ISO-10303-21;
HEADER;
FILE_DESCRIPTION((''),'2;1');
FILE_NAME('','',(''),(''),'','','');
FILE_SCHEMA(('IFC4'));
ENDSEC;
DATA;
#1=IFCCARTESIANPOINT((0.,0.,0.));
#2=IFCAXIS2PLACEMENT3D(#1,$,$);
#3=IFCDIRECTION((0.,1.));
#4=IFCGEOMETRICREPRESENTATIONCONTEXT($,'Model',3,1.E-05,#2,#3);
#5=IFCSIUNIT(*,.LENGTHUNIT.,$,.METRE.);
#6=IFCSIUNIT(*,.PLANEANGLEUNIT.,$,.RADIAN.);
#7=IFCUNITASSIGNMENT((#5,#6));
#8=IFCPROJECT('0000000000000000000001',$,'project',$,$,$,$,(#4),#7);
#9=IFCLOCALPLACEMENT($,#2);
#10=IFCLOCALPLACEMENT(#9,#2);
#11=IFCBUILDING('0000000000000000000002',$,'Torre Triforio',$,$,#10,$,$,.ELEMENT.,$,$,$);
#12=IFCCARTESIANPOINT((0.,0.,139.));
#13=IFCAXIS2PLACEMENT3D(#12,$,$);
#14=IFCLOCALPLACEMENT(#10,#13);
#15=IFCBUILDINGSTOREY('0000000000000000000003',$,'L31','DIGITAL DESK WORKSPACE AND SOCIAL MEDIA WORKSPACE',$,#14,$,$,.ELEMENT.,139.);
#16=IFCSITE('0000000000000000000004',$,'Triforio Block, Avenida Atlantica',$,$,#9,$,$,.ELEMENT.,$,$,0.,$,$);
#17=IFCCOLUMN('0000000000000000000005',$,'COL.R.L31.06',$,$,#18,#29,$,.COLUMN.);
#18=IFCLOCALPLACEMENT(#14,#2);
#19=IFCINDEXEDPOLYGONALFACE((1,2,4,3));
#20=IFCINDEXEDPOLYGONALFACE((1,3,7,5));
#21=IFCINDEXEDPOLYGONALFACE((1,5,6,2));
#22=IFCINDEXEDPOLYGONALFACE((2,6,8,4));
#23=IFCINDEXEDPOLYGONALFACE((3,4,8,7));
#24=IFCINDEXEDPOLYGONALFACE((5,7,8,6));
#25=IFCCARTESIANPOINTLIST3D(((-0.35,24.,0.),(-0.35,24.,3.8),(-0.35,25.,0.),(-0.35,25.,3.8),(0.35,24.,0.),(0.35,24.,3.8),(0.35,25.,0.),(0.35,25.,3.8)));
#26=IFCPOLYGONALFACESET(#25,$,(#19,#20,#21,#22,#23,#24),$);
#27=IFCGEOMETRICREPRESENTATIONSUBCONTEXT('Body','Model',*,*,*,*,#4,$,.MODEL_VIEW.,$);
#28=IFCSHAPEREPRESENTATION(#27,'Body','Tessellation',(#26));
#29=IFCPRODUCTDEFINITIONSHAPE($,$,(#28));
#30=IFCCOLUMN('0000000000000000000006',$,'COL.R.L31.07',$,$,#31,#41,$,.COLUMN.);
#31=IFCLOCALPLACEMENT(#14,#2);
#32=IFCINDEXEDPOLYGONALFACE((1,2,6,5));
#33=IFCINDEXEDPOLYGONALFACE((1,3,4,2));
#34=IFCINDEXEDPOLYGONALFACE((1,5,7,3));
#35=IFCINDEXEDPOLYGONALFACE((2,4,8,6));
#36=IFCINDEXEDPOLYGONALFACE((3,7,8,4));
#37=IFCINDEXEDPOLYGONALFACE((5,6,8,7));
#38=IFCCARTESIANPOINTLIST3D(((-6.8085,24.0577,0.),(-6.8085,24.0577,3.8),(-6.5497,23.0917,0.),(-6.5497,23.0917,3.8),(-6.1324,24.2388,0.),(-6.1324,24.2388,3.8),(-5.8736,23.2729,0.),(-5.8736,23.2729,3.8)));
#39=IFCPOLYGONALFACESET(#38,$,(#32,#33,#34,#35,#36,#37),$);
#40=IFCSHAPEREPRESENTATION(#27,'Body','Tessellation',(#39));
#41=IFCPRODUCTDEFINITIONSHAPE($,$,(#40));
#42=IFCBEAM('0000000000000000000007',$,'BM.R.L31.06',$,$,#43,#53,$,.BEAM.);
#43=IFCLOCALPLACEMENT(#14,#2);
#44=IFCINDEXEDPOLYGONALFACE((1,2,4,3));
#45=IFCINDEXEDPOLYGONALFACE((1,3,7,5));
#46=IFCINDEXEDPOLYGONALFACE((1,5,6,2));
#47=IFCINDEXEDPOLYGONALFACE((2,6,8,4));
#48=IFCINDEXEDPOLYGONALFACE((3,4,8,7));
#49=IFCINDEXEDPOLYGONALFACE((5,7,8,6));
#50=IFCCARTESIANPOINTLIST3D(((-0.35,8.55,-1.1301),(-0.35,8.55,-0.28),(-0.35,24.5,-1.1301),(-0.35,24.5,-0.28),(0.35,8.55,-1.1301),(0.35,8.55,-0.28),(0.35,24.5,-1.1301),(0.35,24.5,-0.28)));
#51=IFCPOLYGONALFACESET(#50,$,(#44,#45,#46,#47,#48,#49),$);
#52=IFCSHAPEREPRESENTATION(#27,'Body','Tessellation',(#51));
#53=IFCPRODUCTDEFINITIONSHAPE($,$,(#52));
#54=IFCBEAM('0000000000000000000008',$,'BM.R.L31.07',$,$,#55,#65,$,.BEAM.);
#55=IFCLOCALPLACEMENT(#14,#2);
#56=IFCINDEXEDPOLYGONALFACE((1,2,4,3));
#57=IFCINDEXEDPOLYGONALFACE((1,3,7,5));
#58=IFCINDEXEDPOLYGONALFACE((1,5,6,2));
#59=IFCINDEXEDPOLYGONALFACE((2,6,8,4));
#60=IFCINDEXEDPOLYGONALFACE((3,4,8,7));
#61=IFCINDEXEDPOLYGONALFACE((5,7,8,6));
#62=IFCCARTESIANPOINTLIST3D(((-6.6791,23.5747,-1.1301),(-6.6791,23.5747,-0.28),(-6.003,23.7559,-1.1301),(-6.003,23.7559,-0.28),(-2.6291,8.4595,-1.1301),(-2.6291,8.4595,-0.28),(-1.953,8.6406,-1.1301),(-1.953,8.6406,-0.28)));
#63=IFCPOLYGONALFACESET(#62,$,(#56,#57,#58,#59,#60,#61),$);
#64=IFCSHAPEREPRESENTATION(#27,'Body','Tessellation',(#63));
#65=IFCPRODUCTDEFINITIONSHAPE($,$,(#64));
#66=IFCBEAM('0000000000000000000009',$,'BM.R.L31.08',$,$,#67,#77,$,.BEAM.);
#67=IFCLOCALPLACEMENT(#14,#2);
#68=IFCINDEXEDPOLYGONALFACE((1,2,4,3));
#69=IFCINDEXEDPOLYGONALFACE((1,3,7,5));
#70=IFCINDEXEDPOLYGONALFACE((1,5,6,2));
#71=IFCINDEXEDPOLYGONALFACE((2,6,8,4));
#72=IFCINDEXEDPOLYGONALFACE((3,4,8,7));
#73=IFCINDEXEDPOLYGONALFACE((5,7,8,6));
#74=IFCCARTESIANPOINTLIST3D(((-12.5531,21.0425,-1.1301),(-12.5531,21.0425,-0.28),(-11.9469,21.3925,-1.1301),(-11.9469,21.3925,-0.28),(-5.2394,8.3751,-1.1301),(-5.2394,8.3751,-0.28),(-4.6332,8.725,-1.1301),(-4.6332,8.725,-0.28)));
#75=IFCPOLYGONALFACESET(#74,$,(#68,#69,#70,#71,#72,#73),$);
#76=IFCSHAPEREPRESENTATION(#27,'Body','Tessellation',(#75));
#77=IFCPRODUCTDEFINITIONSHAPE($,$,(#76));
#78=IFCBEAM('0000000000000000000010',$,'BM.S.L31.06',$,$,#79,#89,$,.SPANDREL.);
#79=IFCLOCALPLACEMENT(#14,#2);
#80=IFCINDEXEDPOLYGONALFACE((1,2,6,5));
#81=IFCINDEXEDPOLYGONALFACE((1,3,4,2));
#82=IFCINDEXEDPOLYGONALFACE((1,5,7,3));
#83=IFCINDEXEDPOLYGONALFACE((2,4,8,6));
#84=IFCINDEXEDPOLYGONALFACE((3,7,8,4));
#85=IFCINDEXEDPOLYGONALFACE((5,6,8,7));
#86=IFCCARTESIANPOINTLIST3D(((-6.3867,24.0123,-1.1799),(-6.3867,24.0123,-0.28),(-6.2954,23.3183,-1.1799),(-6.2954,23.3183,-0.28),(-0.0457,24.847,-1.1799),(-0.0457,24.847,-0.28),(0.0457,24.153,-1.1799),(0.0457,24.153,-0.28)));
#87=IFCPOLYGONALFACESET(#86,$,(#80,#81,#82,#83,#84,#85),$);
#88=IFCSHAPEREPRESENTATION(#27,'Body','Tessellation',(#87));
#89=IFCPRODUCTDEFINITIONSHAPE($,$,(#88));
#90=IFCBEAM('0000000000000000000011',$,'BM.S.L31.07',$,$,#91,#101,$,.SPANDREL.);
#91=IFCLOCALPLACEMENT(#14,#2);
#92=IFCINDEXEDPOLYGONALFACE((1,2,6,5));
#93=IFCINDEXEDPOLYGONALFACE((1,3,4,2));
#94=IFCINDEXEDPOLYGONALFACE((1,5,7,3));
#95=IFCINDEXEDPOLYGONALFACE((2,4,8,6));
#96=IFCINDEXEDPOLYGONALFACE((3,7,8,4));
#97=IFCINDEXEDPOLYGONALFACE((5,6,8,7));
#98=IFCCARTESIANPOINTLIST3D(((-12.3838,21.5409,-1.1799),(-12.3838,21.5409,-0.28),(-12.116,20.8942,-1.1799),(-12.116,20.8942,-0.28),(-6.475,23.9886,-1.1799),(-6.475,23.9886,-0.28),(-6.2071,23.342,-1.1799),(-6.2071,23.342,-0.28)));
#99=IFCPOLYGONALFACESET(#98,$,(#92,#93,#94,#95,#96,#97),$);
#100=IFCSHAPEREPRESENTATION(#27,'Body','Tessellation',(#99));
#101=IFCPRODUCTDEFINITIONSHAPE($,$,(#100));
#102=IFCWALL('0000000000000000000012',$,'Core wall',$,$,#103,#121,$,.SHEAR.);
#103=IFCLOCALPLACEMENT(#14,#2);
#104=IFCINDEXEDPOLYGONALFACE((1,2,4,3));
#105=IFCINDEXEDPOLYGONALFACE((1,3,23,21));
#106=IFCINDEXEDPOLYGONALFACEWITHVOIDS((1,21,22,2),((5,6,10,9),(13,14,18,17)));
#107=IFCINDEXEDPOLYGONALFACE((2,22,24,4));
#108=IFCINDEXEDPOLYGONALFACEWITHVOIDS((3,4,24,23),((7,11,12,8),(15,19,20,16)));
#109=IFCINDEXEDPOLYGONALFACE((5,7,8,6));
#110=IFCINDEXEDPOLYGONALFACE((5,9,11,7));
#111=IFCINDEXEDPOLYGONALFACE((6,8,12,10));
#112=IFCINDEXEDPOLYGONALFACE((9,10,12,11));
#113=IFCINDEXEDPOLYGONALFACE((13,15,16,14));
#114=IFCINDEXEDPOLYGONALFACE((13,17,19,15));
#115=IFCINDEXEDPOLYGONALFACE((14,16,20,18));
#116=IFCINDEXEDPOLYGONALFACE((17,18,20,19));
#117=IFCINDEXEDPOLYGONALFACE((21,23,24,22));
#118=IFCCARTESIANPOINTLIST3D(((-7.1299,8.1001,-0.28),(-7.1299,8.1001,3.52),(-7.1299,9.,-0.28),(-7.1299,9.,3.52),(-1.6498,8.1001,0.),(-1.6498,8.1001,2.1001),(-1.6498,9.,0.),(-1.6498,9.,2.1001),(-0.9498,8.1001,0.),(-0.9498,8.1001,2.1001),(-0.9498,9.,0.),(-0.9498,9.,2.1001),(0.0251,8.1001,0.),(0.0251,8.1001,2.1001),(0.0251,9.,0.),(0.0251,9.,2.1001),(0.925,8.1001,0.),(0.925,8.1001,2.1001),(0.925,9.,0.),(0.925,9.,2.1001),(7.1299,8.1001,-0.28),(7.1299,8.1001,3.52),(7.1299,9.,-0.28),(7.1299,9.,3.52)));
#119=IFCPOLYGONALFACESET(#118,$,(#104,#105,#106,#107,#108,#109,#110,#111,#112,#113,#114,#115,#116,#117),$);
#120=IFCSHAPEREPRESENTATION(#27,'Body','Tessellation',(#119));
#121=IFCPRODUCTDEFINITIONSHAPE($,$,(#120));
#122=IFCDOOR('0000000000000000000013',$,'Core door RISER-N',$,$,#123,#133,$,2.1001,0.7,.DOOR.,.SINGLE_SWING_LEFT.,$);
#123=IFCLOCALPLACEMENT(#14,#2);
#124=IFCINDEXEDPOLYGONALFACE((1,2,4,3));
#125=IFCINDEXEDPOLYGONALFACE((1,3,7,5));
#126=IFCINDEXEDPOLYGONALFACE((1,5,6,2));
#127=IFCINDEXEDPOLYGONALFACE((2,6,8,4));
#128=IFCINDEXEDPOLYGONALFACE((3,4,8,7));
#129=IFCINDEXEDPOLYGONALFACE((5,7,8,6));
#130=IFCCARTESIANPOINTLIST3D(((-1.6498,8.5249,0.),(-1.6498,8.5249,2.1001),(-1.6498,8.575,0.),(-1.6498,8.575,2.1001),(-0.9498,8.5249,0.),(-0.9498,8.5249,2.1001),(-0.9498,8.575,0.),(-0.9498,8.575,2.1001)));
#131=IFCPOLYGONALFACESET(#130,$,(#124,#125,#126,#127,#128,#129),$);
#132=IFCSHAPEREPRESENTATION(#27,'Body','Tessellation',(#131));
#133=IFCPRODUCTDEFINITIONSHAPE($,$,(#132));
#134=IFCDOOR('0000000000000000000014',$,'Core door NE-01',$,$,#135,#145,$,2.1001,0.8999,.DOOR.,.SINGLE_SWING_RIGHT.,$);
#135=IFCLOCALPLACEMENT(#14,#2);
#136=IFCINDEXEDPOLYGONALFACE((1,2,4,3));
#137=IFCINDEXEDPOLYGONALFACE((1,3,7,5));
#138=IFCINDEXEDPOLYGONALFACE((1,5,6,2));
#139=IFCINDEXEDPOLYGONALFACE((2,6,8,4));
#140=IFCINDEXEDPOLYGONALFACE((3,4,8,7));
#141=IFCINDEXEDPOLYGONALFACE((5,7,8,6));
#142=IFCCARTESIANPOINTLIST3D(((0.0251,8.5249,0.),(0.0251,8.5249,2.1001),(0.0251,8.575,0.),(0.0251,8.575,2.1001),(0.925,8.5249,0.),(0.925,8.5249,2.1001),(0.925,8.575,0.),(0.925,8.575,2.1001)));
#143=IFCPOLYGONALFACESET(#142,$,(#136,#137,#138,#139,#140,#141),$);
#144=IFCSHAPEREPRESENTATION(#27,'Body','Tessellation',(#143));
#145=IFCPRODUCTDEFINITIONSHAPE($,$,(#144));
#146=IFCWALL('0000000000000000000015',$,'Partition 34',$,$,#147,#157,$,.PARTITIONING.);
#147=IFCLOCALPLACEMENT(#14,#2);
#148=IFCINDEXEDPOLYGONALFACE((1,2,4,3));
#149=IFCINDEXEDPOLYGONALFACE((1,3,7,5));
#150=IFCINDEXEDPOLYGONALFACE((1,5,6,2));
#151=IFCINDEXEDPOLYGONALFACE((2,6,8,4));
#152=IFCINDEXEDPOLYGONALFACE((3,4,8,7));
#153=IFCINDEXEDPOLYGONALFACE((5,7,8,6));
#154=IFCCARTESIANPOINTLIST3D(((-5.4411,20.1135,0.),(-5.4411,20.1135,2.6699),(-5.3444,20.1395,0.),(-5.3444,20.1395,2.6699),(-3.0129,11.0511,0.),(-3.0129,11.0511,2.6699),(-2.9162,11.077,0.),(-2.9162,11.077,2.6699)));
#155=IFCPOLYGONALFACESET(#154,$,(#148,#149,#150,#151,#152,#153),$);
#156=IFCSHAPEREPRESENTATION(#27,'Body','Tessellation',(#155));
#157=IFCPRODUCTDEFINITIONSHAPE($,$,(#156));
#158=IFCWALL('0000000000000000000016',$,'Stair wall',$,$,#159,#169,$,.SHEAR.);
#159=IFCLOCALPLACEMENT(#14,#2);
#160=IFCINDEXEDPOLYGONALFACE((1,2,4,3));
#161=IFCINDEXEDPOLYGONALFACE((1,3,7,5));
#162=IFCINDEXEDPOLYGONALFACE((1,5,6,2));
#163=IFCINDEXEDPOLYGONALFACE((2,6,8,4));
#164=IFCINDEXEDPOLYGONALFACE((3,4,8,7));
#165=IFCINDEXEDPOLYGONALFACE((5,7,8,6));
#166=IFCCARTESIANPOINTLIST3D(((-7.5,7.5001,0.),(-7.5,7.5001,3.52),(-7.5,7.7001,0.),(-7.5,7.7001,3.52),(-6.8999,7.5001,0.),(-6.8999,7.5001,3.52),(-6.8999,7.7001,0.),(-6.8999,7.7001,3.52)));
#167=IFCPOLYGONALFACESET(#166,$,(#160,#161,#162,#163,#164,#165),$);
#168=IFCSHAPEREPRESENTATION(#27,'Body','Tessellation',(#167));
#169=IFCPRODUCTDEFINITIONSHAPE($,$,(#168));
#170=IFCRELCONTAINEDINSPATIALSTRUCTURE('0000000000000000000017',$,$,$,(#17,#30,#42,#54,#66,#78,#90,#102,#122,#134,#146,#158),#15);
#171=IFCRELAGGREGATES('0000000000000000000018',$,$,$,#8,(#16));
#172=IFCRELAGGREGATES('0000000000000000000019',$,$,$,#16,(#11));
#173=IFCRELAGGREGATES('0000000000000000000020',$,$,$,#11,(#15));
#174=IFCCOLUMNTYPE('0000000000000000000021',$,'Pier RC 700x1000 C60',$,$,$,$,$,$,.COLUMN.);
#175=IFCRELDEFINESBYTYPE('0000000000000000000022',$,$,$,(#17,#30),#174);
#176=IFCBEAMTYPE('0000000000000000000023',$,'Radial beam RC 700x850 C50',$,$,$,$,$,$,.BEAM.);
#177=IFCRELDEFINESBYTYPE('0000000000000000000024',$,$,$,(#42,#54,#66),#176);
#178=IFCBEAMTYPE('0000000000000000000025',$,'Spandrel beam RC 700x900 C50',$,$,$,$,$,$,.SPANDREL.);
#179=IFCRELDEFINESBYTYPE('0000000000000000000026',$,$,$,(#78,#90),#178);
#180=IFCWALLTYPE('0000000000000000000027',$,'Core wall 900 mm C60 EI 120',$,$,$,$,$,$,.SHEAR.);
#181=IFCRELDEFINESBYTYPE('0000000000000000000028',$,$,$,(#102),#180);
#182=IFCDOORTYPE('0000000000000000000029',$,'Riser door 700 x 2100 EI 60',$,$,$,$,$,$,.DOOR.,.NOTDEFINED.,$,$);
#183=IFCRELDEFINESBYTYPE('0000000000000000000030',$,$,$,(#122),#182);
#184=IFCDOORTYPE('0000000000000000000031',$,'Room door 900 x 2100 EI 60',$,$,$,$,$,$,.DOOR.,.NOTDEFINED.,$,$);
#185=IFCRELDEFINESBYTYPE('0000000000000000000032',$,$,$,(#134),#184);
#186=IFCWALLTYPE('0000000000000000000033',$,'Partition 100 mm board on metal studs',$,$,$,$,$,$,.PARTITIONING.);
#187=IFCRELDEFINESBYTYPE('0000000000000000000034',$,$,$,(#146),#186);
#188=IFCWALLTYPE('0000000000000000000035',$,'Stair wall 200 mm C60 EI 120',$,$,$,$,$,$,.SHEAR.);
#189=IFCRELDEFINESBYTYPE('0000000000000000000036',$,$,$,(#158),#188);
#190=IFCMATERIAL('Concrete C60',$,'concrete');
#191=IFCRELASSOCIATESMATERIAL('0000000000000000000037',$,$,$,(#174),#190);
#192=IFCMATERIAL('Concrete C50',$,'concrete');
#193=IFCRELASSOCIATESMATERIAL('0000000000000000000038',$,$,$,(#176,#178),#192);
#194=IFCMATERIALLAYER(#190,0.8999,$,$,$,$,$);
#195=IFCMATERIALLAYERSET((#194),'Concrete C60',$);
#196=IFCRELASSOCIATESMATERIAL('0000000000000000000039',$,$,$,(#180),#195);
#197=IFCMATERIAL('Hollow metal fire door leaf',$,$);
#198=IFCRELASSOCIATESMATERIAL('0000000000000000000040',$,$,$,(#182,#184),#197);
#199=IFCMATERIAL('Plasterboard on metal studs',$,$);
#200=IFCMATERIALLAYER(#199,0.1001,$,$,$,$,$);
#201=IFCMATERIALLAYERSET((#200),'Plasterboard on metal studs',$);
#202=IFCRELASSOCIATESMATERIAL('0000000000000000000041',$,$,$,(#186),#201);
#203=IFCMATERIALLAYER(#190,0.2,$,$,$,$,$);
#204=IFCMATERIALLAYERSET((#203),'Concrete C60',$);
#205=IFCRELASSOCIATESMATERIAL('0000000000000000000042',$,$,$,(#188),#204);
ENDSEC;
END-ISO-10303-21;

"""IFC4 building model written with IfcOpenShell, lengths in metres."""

from ifc_helpers import new_model, si_unit, direction, frame, frame_2d, origin, origin_2d, place, context, subcontext, project, spatial, rectangle, extrude, material, layer, layer_set, material_profile, profile_set, type_object, element, fill, save


model = new_model("IFC4")

# Units and contexts
model_context = context("Model", 3, precision=1e-05, world=origin(), true_north=direction((0.0, 1.0)))
body_context = subcontext(model_context, "Body", "Model", "MODEL_VIEW")
ifc_project = project(units=[si_unit("LENGTHUNIT", "METRE"), si_unit("PLANEANGLEUNIT", "RADIAN")], contexts=[model_context])

# Site, building, storey
site_placement = place(None, origin())
site = spatial("IfcSite", under=ifc_project, at=site_placement, Name="Triforio Block, Avenida Atlantica", CompositionType="ELEMENT", RefElevation=0.0)
building_placement = place(site_placement, origin())
building = spatial("IfcBuilding", under=site, at=building_placement, Name="Torre Triforio", CompositionType="ELEMENT")
storey_placement = place(building_placement, frame((0.0, 0.0, 139.0)))
storey = spatial("IfcBuildingStorey", under=building, at=storey_placement, Name="L31", Description="DIGITAL DESK WORKSPACE AND SOCIAL MEDIA WORKSPACE", CompositionType="ELEMENT", Elevation=139.0)

# Columns
ifc_material_1 = material(Name="Concrete C60", Category="concrete")
ifc_material_profile_1 = material_profile(ifc_material_1, rectangle(XDim=0.7, YDim=1.0, at=origin_2d()), Name="RC 700x1000")
ifc_profile_set_1 = profile_set([ifc_material_profile_1], Name="Concrete C60")
column_type = type_object("IfcColumnType", Name="Pier RC 700x1000 C60", PredefinedType="COLUMN", material=ifc_profile_set_1)
for number, where, z_axis, x_axis, name in (
    (1, (0.0, 24.5, 0.0), (0.0, 0.0, 1.0), (-1.0, 0.0, 0.0), "COL.R.L31.06"),
    (2, (-6.3411, 23.6653, 0.0), (0.0, 0.0, 1.0), (-0.965926, -0.258819, 0.0), "COL.R.L31.07"),
):
    element("IfcColumn", number, at=place(storey_placement, frame(where, z_axis=z_axis, x_axis=x_axis)), inside=storey, type_object=column_type, Name=name, PredefinedType="COLUMN", context=body_context, shape_type="SweptSolid", body=[
        extrude(rectangle(XDim=0.7, YDim=1.0, at=origin_2d()), origin(), (0.0, 0.0, 1.0), 3.8),
    ])

# Beams
ifc_material_2 = material(Name="Concrete C50", Category="concrete")
ifc_material_profile_2 = material_profile(ifc_material_2, rectangle(XDim=0.7, YDim=0.8501, at=origin_2d()), Name="RC 700x850")
ifc_profile_set_2 = profile_set([ifc_material_profile_2], Name="Concrete C50")
beam_type_1 = type_object("IfcBeamType", Name="Radial beam RC 700x850 C50", PredefinedType="BEAM", material=ifc_profile_set_2)
beam_1_placement = place(storey_placement, frame((0.0, 8.55, -0.7051), z_axis=(0.0, 1.0, 0.0), x_axis=(-1.0, 0.0, 0.0)))
element("IfcBeam", 3, at=beam_1_placement, inside=storey, type_object=beam_type_1, Name="BM.R.L31.06", PredefinedType="BEAM", context=body_context, shape_type="SweptSolid", body=[
    extrude(rectangle(XDim=0.7, YDim=0.8501, at=origin_2d()), origin(), (0.0, 0.0, 1.0), 15.95),
])
beam_2_placement = place(storey_placement, frame((-2.291, 8.55, -0.7051), z_axis=(-0.258815, 0.965927, 0.0), x_axis=(-0.965927, -0.258815, 0.0)))
element("IfcBeam", 4, at=beam_2_placement, inside=storey, type_object=beam_type_1, Name="BM.R.L31.07", PredefinedType="BEAM", context=body_context, shape_type="SweptSolid", body=[
    extrude(rectangle(XDim=0.7, YDim=0.8501, at=origin_2d()), origin(), (0.0, 0.0, 1.0), 15.6484),
])
beam_3_placement = place(storey_placement, frame((-4.9363, 8.55, -0.7051), z_axis=(-0.500008, 0.866021, 0.0), x_axis=(-0.866021, -0.500008, 0.0)))
element("IfcBeam", 5, at=beam_3_placement, inside=storey, type_object=beam_type_1, Name="BM.R.L31.08", PredefinedType="BEAM", context=body_context, shape_type="SweptSolid", body=[
    extrude(rectangle(XDim=0.7, YDim=0.8501, at=origin_2d()), origin(), (0.0, 0.0, 1.0), 14.6272),
])
ifc_material_profile_3 = material_profile(ifc_material_2, rectangle(XDim=0.7, YDim=0.8999, at=origin_2d()), Name="RC 700x900")
ifc_profile_set_3 = profile_set([ifc_material_profile_3], Name="Concrete C50")
beam_type_2 = type_object("IfcBeamType", Name="Spandrel beam RC 700x900 C50", PredefinedType="SPANDREL", material=ifc_profile_set_3)
for number, where, z_axis, x_axis, name in (
    (6, (0.0, 24.5, -0.73), (-0.991447, -0.130511, 0.0), (0.130511, -0.991447, 0.0), "BM.S.L31.06"),
    (7, (-6.3411, 23.6653, -0.73), (-0.923869, -0.382709, 0.0), (0.382709, -0.923869, 0.0), "BM.S.L31.07"),
):
    element("IfcBeam", number, at=place(storey_placement, frame(where, z_axis=z_axis, x_axis=x_axis)), inside=storey, type_object=beam_type_2, Name=name, PredefinedType="SPANDREL", context=body_context, shape_type="SweptSolid", body=[
        extrude(rectangle(XDim=0.7, YDim=0.8999, at=origin_2d()), origin(), (0.0, 0.0, 1.0), 6.3958),
    ])

# Wall, openings, doors
ifc_layer_1 = layer(ifc_material_1, 0.8999)
ifc_layer_set_1 = layer_set([ifc_layer_1], Name="Concrete C60")
wall_type_1 = type_object("IfcWallType", Name="Core wall 900 mm C60 EI 120", PredefinedType="SHEAR", material=ifc_layer_set_1)
wall_1_placement = place(storey_placement, frame((-7.1299, 8.55, -0.28), z_axis=(0.0, 0.0, 1.0), x_axis=(1.0, 0.0, 0.0)))
wall_1 = element("IfcWall", 8, at=wall_1_placement, inside=storey, type_object=wall_type_1, Name="Core wall", PredefinedType="SHEAR", context=body_context, shape_type="SweptSolid", body=[
    extrude(rectangle(XDim=14.2598, YDim=0.8999, at=frame_2d((7.1299, 0.0))), origin(), (0.0, 0.0, 1.0), 3.8),
])
opening_1_placement = place(wall_1_placement, frame((5.48, 0.0, 0.28)))
opening_1 = element("IfcOpeningElement", 9, at=opening_1_placement, cuts=wall_1, PredefinedType="OPENING", context=body_context, shape_type="SweptSolid", body=[
    extrude(rectangle(XDim=0.7, YDim=2.1001, at=frame_2d((0.3501, 1.05))), frame((0.0, 0.46, 0.0), z_axis=(0.0, -1.0, 0.0), x_axis=(1.0, 0.0, 0.0)), (0.0, 0.0, 1.0), 0.9199),
])
opening_2_placement = place(wall_1_placement, frame((7.155, 0.0, 0.28)))
opening_2 = element("IfcOpeningElement", 10, at=opening_2_placement, cuts=wall_1, PredefinedType="OPENING", context=body_context, shape_type="SweptSolid", body=[
    extrude(rectangle(XDim=0.8999, YDim=2.1001, at=frame_2d((0.45, 1.05))), frame((0.0, 0.46, 0.0), z_axis=(0.0, -1.0, 0.0), x_axis=(1.0, 0.0, 0.0)), (0.0, 0.0, 1.0), 0.9199),
])
ifc_material_3 = material(Name="Hollow metal fire door leaf")
door_type_1 = type_object("IfcDoorType", Name="Riser door 700 x 2100 EI 60", OperationType="NOTDEFINED", PredefinedType="DOOR", material=ifc_material_3)
door_1_placement = place(opening_1_placement, origin())
door_1 = element("IfcDoor", 11, at=door_1_placement, inside=storey, type_object=door_type_1, Name="Core door RISER-N", OperationType="SINGLE_SWING_LEFT", OverallHeight=2.1001, OverallWidth=0.7, PredefinedType="DOOR", context=body_context, shape_type="SweptSolid", body=[
    extrude(rectangle(XDim=0.7, YDim=2.1001, at=frame_2d((0.3501, 1.05))), frame((0.0, 0.0249, 0.0), z_axis=(0.0, -1.0, 0.0), x_axis=(1.0, 0.0, 0.0)), (0.0, 0.0, 1.0), 0.05),
])
fill(opening_1, door_1)
door_type_2 = type_object("IfcDoorType", Name="Room door 900 x 2100 EI 60", OperationType="NOTDEFINED", PredefinedType="DOOR", material=ifc_material_3)
door_2_placement = place(opening_2_placement, origin())
door_2 = element("IfcDoor", 12, at=door_2_placement, inside=storey, type_object=door_type_2, Name="Core door NE-01", OperationType="SINGLE_SWING_RIGHT", OverallHeight=2.1001, OverallWidth=0.8999, PredefinedType="DOOR", context=body_context, shape_type="SweptSolid", body=[
    extrude(rectangle(XDim=0.8999, YDim=2.1001, at=frame_2d((0.45, 1.05))), frame((0.0, 0.0249, 0.0), z_axis=(0.0, -1.0, 0.0), x_axis=(1.0, 0.0, 0.0)), (0.0, 0.0, 1.0), 0.05),
])
fill(opening_2, door_2)

# Walls
ifc_material_4 = material(Name="Plasterboard on metal studs")
ifc_layer_2 = layer(ifc_material_4, 0.1001)
ifc_layer_set_2 = layer_set([ifc_layer_2], Name="Plasterboard on metal studs")
wall_type_2 = type_object("IfcWallType", Name="Partition 100 mm board on metal studs", PredefinedType="PARTITIONING", material=ifc_layer_set_2)
wall_2_placement = place(storey_placement, frame((-2.9646, 11.0642, 0.0), z_axis=(0.0, 0.0, 1.0), x_axis=(-0.258812, 0.965928, 0.0)))
element("IfcWall", 13, at=wall_2_placement, inside=storey, type_object=wall_type_2, Name="Partition 34", PredefinedType="PARTITIONING", context=body_context, shape_type="SweptSolid", body=[
    extrude(rectangle(XDim=9.3821, YDim=0.1001, at=frame_2d((4.6909, 0.0))), origin(), (0.0, 0.0, 1.0), 2.6699),
])
ifc_layer_3 = layer(ifc_material_1, 0.2)
ifc_layer_set_3 = layer_set([ifc_layer_3], Name="Concrete C60")
wall_type_3 = type_object("IfcWallType", Name="Stair wall 200 mm C60 EI 120", PredefinedType="SHEAR", material=ifc_layer_set_3)
wall_3_placement = place(storey_placement, frame((-7.5, 7.6001, 0.0), z_axis=(0.0, 0.0, 1.0), x_axis=(1.0, 0.0, 0.0)))
element("IfcWall", 14, at=wall_3_placement, inside=storey, type_object=wall_type_3, Name="Stair wall", PredefinedType="SHEAR", context=body_context, shape_type="SweptSolid", body=[
    extrude(rectangle(XDim=0.6001, YDim=0.2, at=frame_2d((0.3, 0.0))), origin(), (0.0, 0.0, 1.0), 3.52),
])

save(model, "model.ifc")
